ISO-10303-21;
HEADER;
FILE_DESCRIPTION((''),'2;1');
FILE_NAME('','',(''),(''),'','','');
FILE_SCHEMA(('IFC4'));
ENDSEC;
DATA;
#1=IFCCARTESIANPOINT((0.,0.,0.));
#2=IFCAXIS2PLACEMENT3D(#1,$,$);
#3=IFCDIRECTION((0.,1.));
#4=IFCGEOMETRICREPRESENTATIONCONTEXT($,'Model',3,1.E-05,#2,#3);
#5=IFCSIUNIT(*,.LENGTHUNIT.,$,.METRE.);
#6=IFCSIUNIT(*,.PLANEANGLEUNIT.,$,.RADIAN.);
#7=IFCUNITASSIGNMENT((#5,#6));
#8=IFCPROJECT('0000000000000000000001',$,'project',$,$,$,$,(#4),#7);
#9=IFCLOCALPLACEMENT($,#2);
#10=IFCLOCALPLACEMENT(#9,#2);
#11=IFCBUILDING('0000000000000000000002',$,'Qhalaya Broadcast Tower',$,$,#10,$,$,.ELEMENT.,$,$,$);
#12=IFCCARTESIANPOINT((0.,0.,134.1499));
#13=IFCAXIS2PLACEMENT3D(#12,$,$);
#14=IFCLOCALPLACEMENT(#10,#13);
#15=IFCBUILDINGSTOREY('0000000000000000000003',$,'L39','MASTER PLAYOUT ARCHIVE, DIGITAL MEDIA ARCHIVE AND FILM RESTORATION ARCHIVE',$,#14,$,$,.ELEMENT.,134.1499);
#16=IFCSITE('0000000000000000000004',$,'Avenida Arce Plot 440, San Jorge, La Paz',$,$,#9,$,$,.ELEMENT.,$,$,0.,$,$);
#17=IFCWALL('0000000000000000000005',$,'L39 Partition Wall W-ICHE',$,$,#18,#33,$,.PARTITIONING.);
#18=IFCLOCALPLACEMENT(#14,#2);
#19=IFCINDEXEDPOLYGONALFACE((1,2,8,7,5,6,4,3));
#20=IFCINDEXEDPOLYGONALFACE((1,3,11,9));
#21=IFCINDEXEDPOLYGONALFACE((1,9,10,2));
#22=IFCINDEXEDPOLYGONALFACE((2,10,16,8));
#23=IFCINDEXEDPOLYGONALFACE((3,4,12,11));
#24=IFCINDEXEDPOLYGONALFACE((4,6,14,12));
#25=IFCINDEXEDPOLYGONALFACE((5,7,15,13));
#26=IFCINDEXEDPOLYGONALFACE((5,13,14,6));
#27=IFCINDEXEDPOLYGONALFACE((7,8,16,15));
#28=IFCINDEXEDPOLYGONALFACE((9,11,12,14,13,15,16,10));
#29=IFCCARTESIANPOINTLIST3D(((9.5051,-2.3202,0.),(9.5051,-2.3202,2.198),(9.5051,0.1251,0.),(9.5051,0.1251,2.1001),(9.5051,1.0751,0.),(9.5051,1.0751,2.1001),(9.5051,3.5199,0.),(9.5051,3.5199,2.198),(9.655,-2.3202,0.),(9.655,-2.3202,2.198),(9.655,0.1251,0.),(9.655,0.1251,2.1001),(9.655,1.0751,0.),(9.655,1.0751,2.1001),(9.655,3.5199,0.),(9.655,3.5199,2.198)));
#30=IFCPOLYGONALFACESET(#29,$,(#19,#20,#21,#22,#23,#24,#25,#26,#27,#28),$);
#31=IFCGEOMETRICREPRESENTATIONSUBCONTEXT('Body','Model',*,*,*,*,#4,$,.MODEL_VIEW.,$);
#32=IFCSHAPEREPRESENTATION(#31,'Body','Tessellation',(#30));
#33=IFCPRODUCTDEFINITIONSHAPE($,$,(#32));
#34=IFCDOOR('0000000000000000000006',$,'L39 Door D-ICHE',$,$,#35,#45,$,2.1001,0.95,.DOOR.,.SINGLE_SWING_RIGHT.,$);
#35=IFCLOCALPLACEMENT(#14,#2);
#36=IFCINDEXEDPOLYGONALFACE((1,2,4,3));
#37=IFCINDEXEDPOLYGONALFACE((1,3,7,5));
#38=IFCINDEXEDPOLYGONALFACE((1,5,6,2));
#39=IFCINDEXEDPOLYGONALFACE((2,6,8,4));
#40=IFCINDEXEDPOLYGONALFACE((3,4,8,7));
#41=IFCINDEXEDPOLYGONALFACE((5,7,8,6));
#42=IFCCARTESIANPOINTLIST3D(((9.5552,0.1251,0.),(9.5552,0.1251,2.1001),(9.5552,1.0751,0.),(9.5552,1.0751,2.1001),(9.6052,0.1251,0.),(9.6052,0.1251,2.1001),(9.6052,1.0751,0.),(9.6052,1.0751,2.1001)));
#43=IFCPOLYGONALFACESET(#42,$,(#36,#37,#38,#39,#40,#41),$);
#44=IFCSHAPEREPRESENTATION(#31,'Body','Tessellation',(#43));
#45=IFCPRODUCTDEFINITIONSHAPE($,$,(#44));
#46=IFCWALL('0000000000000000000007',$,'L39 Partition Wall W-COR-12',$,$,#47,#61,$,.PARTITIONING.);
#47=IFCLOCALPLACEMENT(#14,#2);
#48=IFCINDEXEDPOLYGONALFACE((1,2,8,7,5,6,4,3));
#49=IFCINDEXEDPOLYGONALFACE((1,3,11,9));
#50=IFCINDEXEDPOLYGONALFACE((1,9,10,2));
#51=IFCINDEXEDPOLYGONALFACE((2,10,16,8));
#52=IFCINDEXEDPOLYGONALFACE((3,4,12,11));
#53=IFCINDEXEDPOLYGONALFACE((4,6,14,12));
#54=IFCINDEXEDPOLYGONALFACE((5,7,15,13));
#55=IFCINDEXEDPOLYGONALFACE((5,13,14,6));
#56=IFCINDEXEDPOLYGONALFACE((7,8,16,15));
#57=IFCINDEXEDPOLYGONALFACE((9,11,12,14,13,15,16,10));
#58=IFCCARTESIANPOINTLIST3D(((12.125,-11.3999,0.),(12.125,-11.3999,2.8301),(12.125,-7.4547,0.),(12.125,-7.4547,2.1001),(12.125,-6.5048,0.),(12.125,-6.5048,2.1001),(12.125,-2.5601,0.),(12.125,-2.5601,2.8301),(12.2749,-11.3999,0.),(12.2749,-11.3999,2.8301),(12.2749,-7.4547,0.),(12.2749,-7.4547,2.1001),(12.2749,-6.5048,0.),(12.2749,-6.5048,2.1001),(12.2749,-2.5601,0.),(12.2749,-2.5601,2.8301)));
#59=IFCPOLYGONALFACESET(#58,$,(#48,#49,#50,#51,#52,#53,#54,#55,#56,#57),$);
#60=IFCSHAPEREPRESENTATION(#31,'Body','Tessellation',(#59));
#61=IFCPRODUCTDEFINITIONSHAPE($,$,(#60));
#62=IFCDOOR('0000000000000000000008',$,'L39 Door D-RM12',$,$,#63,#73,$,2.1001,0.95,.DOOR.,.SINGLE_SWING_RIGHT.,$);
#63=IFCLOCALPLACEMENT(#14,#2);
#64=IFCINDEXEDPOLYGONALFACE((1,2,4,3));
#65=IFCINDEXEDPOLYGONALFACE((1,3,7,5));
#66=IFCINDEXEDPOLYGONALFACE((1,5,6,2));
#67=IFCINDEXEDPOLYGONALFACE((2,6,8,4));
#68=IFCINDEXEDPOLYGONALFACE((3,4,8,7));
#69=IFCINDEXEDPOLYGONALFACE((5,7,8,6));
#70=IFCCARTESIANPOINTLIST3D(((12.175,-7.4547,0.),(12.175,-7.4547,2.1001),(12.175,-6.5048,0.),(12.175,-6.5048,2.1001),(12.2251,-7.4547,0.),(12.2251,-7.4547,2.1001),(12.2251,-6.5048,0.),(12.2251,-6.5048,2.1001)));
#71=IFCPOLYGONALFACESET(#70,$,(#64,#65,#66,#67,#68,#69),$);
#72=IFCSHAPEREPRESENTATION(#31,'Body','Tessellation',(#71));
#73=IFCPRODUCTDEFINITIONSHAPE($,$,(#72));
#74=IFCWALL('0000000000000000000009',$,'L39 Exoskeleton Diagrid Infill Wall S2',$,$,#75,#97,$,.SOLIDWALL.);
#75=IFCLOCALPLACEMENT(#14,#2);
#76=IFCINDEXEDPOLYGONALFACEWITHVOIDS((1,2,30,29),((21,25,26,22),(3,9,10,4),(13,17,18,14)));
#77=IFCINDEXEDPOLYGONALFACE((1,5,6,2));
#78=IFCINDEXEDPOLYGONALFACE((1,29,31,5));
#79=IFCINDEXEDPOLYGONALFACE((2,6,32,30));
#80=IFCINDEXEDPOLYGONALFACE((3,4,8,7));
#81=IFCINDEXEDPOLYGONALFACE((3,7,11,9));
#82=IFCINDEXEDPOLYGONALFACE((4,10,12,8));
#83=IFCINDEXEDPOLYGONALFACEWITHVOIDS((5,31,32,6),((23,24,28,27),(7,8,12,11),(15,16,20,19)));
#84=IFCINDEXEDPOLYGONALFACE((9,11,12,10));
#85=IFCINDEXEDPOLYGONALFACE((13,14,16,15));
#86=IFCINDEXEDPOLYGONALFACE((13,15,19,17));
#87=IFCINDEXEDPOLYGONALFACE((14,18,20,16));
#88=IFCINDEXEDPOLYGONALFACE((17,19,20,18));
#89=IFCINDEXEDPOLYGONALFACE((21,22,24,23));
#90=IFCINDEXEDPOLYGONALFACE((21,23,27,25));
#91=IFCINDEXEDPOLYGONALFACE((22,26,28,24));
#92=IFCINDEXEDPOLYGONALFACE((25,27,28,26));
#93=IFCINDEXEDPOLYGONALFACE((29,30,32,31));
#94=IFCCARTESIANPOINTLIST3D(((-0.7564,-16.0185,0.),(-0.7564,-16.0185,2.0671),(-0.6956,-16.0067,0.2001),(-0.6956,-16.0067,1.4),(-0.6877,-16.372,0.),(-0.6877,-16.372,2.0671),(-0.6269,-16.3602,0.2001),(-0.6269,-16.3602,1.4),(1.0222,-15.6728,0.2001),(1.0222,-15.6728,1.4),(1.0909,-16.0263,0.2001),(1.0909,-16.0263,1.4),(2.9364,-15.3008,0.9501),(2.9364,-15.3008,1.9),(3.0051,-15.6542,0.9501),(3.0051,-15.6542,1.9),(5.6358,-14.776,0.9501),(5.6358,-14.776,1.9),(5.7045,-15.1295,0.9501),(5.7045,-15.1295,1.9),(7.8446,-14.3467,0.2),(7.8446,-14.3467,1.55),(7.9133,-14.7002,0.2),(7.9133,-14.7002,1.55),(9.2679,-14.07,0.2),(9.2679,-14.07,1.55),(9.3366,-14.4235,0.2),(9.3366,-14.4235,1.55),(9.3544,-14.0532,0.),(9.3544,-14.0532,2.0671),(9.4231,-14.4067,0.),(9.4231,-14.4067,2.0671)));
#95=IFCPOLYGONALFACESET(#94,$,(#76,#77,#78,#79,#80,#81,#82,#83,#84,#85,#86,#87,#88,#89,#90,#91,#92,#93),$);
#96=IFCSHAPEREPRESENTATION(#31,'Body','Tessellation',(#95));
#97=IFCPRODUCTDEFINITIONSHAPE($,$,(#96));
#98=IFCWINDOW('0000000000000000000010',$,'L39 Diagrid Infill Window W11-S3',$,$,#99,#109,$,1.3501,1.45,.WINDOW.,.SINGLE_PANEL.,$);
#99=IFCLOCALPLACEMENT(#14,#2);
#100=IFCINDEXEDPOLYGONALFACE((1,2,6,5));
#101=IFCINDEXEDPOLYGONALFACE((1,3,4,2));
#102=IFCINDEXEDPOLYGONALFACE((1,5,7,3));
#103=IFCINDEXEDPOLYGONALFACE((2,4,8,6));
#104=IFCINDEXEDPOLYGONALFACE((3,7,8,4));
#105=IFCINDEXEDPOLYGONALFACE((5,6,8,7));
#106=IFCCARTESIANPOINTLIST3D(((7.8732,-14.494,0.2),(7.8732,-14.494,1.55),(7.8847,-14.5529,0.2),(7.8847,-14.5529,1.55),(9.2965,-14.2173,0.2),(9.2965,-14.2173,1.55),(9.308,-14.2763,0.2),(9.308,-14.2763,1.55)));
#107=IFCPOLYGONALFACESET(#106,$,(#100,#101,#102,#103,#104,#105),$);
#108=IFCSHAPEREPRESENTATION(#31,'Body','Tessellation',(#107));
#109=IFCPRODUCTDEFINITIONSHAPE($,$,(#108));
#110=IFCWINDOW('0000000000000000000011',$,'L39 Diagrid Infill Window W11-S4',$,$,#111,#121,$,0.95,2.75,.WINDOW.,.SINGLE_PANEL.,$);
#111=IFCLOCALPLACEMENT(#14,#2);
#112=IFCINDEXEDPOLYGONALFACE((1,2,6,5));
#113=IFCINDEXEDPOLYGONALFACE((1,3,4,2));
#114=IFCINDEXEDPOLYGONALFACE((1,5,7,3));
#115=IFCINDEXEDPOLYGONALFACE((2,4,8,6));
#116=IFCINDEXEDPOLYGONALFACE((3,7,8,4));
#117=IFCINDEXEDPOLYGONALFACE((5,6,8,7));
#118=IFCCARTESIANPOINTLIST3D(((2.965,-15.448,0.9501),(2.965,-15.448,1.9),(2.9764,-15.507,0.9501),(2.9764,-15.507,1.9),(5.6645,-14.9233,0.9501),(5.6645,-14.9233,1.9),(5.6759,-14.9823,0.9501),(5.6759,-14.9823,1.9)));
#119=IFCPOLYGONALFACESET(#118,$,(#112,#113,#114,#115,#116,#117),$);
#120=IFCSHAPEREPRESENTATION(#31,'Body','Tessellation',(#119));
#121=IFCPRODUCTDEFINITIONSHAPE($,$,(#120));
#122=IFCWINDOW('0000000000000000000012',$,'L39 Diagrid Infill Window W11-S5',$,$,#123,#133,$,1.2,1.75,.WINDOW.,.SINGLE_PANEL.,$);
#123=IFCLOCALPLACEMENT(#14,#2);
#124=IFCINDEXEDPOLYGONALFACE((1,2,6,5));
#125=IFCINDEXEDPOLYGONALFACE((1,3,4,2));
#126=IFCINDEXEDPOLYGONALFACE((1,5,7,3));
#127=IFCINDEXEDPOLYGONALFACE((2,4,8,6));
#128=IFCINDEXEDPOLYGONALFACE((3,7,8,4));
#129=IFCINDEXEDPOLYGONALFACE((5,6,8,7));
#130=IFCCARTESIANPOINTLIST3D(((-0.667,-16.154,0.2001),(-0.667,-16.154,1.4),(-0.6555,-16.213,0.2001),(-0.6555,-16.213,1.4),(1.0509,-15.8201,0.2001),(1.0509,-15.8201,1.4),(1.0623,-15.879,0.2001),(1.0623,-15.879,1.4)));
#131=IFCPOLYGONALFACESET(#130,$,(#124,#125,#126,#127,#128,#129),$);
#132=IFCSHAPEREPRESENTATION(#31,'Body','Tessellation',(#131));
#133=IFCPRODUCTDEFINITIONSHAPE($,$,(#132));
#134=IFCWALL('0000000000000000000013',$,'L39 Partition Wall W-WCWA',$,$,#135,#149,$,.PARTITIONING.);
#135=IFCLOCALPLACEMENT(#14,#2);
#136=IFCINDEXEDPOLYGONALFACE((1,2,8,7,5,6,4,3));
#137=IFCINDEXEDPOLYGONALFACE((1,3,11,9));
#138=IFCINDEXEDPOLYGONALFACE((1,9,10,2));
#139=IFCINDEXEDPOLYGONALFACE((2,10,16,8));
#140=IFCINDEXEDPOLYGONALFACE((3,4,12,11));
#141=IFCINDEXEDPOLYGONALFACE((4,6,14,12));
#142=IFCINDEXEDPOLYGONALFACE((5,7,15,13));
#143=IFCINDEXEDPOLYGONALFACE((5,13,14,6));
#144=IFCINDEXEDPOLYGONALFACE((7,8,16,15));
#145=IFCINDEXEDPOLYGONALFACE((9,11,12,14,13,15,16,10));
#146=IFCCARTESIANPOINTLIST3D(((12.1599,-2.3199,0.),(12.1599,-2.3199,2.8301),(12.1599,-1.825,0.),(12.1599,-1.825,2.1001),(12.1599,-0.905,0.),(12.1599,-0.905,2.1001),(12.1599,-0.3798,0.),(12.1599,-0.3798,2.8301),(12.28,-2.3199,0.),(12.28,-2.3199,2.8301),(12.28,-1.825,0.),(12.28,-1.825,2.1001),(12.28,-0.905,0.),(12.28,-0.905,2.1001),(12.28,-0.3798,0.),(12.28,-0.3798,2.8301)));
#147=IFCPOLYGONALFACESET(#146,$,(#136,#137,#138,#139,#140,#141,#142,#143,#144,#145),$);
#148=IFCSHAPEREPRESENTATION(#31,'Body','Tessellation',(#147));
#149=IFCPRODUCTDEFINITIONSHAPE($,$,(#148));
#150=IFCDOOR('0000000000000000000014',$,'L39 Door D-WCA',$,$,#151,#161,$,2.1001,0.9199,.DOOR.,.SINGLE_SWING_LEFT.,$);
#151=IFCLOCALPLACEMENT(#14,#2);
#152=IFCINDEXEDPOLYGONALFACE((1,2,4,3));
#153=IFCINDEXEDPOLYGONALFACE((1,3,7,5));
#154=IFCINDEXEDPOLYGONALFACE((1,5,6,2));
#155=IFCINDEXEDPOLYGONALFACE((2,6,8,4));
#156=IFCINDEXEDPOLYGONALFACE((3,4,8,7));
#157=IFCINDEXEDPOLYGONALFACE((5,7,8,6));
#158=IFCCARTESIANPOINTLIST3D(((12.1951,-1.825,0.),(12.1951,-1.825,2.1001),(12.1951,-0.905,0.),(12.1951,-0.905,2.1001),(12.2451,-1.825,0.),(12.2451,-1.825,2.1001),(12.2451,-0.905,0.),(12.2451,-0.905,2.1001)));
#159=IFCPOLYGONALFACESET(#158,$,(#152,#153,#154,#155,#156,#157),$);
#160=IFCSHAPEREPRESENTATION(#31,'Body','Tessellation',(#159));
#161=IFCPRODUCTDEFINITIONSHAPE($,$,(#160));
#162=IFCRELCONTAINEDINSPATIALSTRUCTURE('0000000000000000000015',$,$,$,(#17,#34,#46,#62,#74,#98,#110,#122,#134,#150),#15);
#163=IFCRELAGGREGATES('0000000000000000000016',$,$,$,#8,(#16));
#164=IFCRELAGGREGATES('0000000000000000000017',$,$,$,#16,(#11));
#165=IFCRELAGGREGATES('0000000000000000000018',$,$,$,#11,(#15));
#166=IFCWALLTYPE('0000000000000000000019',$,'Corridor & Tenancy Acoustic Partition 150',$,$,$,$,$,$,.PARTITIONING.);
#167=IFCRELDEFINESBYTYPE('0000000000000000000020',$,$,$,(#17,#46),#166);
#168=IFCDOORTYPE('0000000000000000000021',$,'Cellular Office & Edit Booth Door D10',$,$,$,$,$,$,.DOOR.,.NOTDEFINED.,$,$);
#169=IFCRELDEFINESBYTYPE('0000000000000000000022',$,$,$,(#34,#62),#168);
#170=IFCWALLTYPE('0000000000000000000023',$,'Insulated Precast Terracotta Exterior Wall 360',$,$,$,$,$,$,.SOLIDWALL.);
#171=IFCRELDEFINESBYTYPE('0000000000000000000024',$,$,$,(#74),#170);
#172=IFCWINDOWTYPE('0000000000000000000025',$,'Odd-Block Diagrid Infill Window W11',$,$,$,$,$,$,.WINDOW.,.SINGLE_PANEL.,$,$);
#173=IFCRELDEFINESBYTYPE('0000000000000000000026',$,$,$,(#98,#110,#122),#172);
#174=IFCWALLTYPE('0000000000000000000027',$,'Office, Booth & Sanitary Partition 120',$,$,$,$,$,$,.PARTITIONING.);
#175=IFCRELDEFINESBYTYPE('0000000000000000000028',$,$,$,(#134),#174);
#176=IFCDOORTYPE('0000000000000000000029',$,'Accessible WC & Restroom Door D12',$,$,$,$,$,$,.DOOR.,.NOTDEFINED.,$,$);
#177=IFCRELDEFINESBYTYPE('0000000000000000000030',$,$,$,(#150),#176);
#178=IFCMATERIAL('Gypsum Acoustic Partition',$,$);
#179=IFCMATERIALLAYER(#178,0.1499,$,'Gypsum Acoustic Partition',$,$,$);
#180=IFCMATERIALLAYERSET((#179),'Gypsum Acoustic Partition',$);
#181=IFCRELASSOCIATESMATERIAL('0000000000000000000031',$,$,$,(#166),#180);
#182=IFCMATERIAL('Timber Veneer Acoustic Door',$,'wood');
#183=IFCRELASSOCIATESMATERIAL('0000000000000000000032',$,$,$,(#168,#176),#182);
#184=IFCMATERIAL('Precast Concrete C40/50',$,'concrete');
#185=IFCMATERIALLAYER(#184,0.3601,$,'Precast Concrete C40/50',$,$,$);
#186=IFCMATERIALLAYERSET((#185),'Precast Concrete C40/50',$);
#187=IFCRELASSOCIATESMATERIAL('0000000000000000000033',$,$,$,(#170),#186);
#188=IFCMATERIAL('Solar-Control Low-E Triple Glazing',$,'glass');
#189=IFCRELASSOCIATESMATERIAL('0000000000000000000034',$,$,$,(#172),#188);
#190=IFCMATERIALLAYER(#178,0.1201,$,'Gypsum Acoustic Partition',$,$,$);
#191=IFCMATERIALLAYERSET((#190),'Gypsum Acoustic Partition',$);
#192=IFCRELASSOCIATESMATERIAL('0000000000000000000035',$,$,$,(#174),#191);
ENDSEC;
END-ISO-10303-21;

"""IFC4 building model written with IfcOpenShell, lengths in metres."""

from ifc_helpers import new_model, si_unit, direction, frame, frame_2d, origin, place, context, subcontext, project, spatial, rectangle, extrude, material, layer, layer_set, type_object, element, fill, save


model = new_model("IFC4")

# Units and contexts
model_context = context("Model", 3, precision=1e-05, world=origin(), true_north=direction((0.0, 1.0)))
body_context = subcontext(model_context, "Body", "Model", "MODEL_VIEW")
ifc_project = project(units=[si_unit("LENGTHUNIT", "METRE"), si_unit("PLANEANGLEUNIT", "RADIAN")], contexts=[model_context])

# Site, building, storey
site_placement = place(None, origin())
site = spatial("IfcSite", under=ifc_project, at=site_placement, Name="Avenida Arce Plot 440, San Jorge, La Paz", CompositionType="ELEMENT", RefElevation=0.0)
building_placement = place(site_placement, origin())
building = spatial("IfcBuilding", under=site, at=building_placement, Name="Qhalaya Broadcast Tower", CompositionType="ELEMENT")
storey_placement = place(building_placement, frame((0.0, 0.0, 134.1499)))
storey = spatial("IfcBuildingStorey", under=building, at=storey_placement, Name="L39", Description="MASTER PLAYOUT ARCHIVE, DIGITAL MEDIA ARCHIVE AND FILM RESTORATION ARCHIVE", CompositionType="ELEMENT", Elevation=134.1499)

# Walls, openings, doors
ifc_material_1 = material(Name="Gypsum Acoustic Partition")
ifc_layer_1 = layer(ifc_material_1, 0.1499, Name="Gypsum Acoustic Partition")
ifc_layer_set_1 = layer_set([ifc_layer_1], Name="Gypsum Acoustic Partition")
wall_type_1 = type_object("IfcWallType", Name="Corridor & Tenancy Acoustic Partition 150", PredefinedType="PARTITIONING", material=ifc_layer_set_1)
wall_1_placement = place(storey_placement, frame((9.5801, -2.3201, 0.0), z_axis=(0.0, 0.0, 1.0), x_axis=(0.0, 1.0, 0.0)))
wall_1 = element("IfcWall", 1, at=wall_1_placement, inside=storey, type_object=wall_type_1, Name="L39 Partition Wall W-ICHE", PredefinedType="PARTITIONING", context=body_context, shape_type="SweptSolid", body=[
    extrude(rectangle(XDim=5.8401, YDim=0.1499, at=frame_2d((2.9199, 0.0))), origin(), (0.0, 0.0, 1.0), 2.198),
])
opening_1_placement = place(wall_1_placement, frame((2.4451, 0.0, 0.0)))
opening_1 = element("IfcOpeningElement", 2, at=opening_1_placement, cuts=wall_1, PredefinedType="OPENING", context=body_context, shape_type="SweptSolid", body=[
    extrude(rectangle(XDim=0.95, YDim=2.1001, at=frame_2d((0.4751, 1.05))), frame((0.0, 0.0869, 0.0), z_axis=(0.0, -1.0, 0.0), x_axis=(1.0, 0.0, 0.0)), (0.0, 0.0, 1.0), 0.1738),
])
ifc_material_2 = material(Name="Timber Veneer Acoustic Door", Category="wood")
door_type_1 = type_object("IfcDoorType", Name="Cellular Office & Edit Booth Door D10", OperationType="NOTDEFINED", PredefinedType="DOOR", material=ifc_material_2)
door_1_placement = place(opening_1_placement, origin())
door_1 = element("IfcDoor", 3, at=door_1_placement, inside=storey, type_object=door_type_1, Name="L39 Door D-ICHE", OperationType="SINGLE_SWING_RIGHT", OverallHeight=2.1001, OverallWidth=0.95, PredefinedType="DOOR", context=body_context, shape_type="SweptSolid", body=[
    extrude(rectangle(XDim=0.95, YDim=2.1001, at=frame_2d((0.4751, 1.05))), frame((0.0, 0.0249, 0.0), z_axis=(0.0, -1.0, 0.0), x_axis=(1.0, 0.0, 0.0)), (0.0, 0.0, 1.0), 0.05),
])
fill(opening_1, door_1)
wall_2_placement = place(storey_placement, frame((12.2, -11.3999, 0.0), z_axis=(0.0, 0.0, 1.0), x_axis=(0.0, 1.0, 0.0)))
wall_2 = element("IfcWall", 4, at=wall_2_placement, inside=storey, type_object=wall_type_1, Name="L39 Partition Wall W-COR-12", PredefinedType="PARTITIONING", context=body_context, shape_type="SweptSolid", body=[
    extrude(rectangle(XDim=8.8398, YDim=0.1499, at=frame_2d((4.4199, 0.0))), origin(), (0.0, 0.0, 1.0), 2.8301),
])
opening_2_placement = place(wall_2_placement, frame((3.9451, 0.0, 0.0)))
opening_2 = element("IfcOpeningElement", 5, at=opening_2_placement, cuts=wall_2, PredefinedType="OPENING", context=body_context, shape_type="SweptSolid", body=[
    extrude(rectangle(XDim=0.95, YDim=2.1001, at=frame_2d((0.4751, 1.05))), frame((0.0, 0.0869, 0.0), z_axis=(0.0, -1.0, 0.0), x_axis=(1.0, 0.0, 0.0)), (0.0, 0.0, 1.0), 0.1738),
])
door_2_placement = place(opening_2_placement, origin())
door_2 = element("IfcDoor", 6, at=door_2_placement, inside=storey, type_object=door_type_1, Name="L39 Door D-RM12", OperationType="SINGLE_SWING_RIGHT", OverallHeight=2.1001, OverallWidth=0.95, PredefinedType="DOOR", context=body_context, shape_type="SweptSolid", body=[
    extrude(rectangle(XDim=0.95, YDim=2.1001, at=frame_2d((0.4751, 1.05))), frame((0.0, 0.0249, 0.0), z_axis=(0.0, -1.0, 0.0), x_axis=(1.0, 0.0, 0.0)), (0.0, 0.0, 1.0), 0.05),
])
fill(opening_2, door_2)

# Wall, openings, windows
ifc_material_3 = material(Name="Precast Concrete C40/50", Category="concrete")
ifc_layer_2 = layer(ifc_material_3, 0.3601, Name="Precast Concrete C40/50")
ifc_layer_set_2 = layer_set([ifc_layer_2], Name="Precast Concrete C40/50")
wall_type_2 = type_object("IfcWallType", Name="Insulated Precast Terracotta Exterior Wall 360", PredefinedType="SOLIDWALL", material=ifc_layer_set_2)
wall_3_placement = place(storey_placement, frame((9.3887, -14.23, 0.0), z_axis=(0.0, 0.0, 1.0), x_axis=(-0.981627, -0.190807, 0.0)))
wall_3 = element("IfcWall", 7, at=wall_3_placement, inside=storey, type_object=wall_type_2, Name="L39 Exoskeleton Diagrid Infill Wall S2", PredefinedType="SOLIDWALL", context=body_context, shape_type="SweptSolid", body=[
    extrude(rectangle(XDim=10.3, YDim=0.3601, at=frame_2d((5.1499, 0.0))), origin(), (0.0, 0.0, 1.0), 2.0671),
])
opening_3_placement = place(wall_3_placement, frame((0.0879, 0.0, 0.2)))
opening_3 = element("IfcOpeningElement", 8, at=opening_3_placement, cuts=wall_3, PredefinedType="OPENING", context=body_context, shape_type="SweptSolid", body=[
    extrude(rectangle(XDim=1.45, YDim=1.3501, at=frame_2d((0.7251, 0.675))), frame((0.0, 0.1921, 0.0), z_axis=(0.0, -1.0, 0.0), x_axis=(1.0, 0.0, 0.0)), (0.0, 0.0, 1.0), 0.384),
])
opening_4_placement = place(wall_3_placement, frame((3.7881, 0.0, 0.95)))
opening_4 = element("IfcOpeningElement", 9, at=opening_4_placement, cuts=wall_3, PredefinedType="OPENING", context=body_context, shape_type="SweptSolid", body=[
    extrude(rectangle(XDim=2.75, YDim=0.95, at=frame_2d((1.375, 0.4751))), frame((0.0, 0.1921, 0.0), z_axis=(0.0, -1.0, 0.0), x_axis=(1.0, 0.0, 0.0)), (0.0, 0.0, 1.0), 0.384),
])
opening_5_placement = place(wall_3_placement, frame((8.488, 0.0, 0.2)))
opening_5 = element("IfcOpeningElement", 10, at=opening_5_placement, cuts=wall_3, PredefinedType="OPENING", context=body_context, shape_type="SweptSolid", body=[
    extrude(rectangle(XDim=1.75, YDim=1.2, at=frame_2d((0.875, 0.6001))), frame((0.0, 0.1921, 0.0), z_axis=(0.0, -1.0, 0.0), x_axis=(1.0, 0.0, 0.0)), (0.0, 0.0, 1.0), 0.384),
])
ifc_material_4 = material(Name="Solar-Control Low-E Triple Glazing", Category="glass")
window_type = type_object("IfcWindowType", Name="Odd-Block Diagrid Infill Window W11", PartitioningType="SINGLE_PANEL", PredefinedType="WINDOW", material=ifc_material_4)
window_1_placement = place(opening_3_placement, origin())
window_1 = element("IfcWindow", 11, at=window_1_placement, inside=storey, type_object=window_type, Name="L39 Diagrid Infill Window W11-S3", OverallHeight=1.3501, OverallWidth=1.45, PartitioningType="SINGLE_PANEL", PredefinedType="WINDOW", context=body_context, shape_type="SweptSolid", body=[
    extrude(rectangle(XDim=1.45, YDim=1.3501, at=frame_2d((0.7251, 0.675))), frame((0.0, 0.03, 0.0), z_axis=(0.0, -1.0, 0.0), x_axis=(1.0, 0.0, 0.0)), (0.0, 0.0, 1.0), 0.0601),
])
fill(opening_3, window_1)
window_2_placement = place(opening_4_placement, origin())
window_2 = element("IfcWindow", 12, at=window_2_placement, inside=storey, type_object=window_type, Name="L39 Diagrid Infill Window W11-S4", OverallHeight=0.95, OverallWidth=2.75, PartitioningType="SINGLE_PANEL", PredefinedType="WINDOW", context=body_context, shape_type="SweptSolid", body=[
    extrude(rectangle(XDim=2.75, YDim=0.95, at=frame_2d((1.375, 0.4751))), frame((0.0, 0.03, 0.0), z_axis=(0.0, -1.0, 0.0), x_axis=(1.0, 0.0, 0.0)), (0.0, 0.0, 1.0), 0.0601),
])
fill(opening_4, window_2)
window_3_placement = place(opening_5_placement, origin())
window_3 = element("IfcWindow", 13, at=window_3_placement, inside=storey, type_object=window_type, Name="L39 Diagrid Infill Window W11-S5", OverallHeight=1.2, OverallWidth=1.75, PartitioningType="SINGLE_PANEL", PredefinedType="WINDOW", context=body_context, shape_type="SweptSolid", body=[
    extrude(rectangle(XDim=1.75, YDim=1.2, at=frame_2d((0.875, 0.6001))), frame((0.0, 0.03, 0.0), z_axis=(0.0, -1.0, 0.0), x_axis=(1.0, 0.0, 0.0)), (0.0, 0.0, 1.0), 0.0601),
])
fill(opening_5, window_3)

# Wall, opening, door
ifc_layer_3 = layer(ifc_material_1, 0.1201, Name="Gypsum Acoustic Partition")
ifc_layer_set_3 = layer_set([ifc_layer_3], Name="Gypsum Acoustic Partition")
wall_type_3 = type_object("IfcWallType", Name="Office, Booth & Sanitary Partition 120", PredefinedType="PARTITIONING", material=ifc_layer_set_3)
wall_4_placement = place(storey_placement, frame((12.22, -2.3201, 0.0), z_axis=(0.0, 0.0, 1.0), x_axis=(0.0, 1.0, 0.0)))
wall_4 = element("IfcWall", 14, at=wall_4_placement, inside=storey, type_object=wall_type_3, Name="L39 Partition Wall W-WCWA", PredefinedType="PARTITIONING", context=body_context, shape_type="SweptSolid", body=[
    extrude(rectangle(XDim=1.9402, YDim=0.1201, at=frame_2d((0.9702, 0.0))), origin(), (0.0, 0.0, 1.0), 2.8301),
])
opening_6_placement = place(wall_4_placement, frame((0.4951, 0.0, 0.0)))
opening_6 = element("IfcOpeningElement", 15, at=opening_6_placement, cuts=wall_4, PredefinedType="OPENING", context=body_context, shape_type="SweptSolid", body=[
    extrude(rectangle(XDim=0.9199, YDim=2.1001, at=frame_2d((0.46, 1.05))), frame((0.0, 0.072, 0.0), z_axis=(0.0, -1.0, 0.0), x_axis=(1.0, 0.0, 0.0)), (0.0, 0.0, 1.0), 0.144),
])
door_type_2 = type_object("IfcDoorType", Name="Accessible WC & Restroom Door D12", OperationType="NOTDEFINED", PredefinedType="DOOR", material=ifc_material_2)
door_3_placement = place(opening_6_placement, origin())
door_3 = element("IfcDoor", 16, at=door_3_placement, inside=storey, type_object=door_type_2, Name="L39 Door D-WCA", OperationType="SINGLE_SWING_LEFT", OverallHeight=2.1001, OverallWidth=0.9199, PredefinedType="DOOR", context=body_context, shape_type="SweptSolid", body=[
    extrude(rectangle(XDim=0.9199, YDim=2.1001, at=frame_2d((0.46, 1.05))), frame((0.0, 0.0249, 0.0), z_axis=(0.0, -1.0, 0.0), x_axis=(1.0, 0.0, 0.0)), (0.0, 0.0, 1.0), 0.05),
])
fill(opening_6, door_3)

save(model, "model.ifc")
